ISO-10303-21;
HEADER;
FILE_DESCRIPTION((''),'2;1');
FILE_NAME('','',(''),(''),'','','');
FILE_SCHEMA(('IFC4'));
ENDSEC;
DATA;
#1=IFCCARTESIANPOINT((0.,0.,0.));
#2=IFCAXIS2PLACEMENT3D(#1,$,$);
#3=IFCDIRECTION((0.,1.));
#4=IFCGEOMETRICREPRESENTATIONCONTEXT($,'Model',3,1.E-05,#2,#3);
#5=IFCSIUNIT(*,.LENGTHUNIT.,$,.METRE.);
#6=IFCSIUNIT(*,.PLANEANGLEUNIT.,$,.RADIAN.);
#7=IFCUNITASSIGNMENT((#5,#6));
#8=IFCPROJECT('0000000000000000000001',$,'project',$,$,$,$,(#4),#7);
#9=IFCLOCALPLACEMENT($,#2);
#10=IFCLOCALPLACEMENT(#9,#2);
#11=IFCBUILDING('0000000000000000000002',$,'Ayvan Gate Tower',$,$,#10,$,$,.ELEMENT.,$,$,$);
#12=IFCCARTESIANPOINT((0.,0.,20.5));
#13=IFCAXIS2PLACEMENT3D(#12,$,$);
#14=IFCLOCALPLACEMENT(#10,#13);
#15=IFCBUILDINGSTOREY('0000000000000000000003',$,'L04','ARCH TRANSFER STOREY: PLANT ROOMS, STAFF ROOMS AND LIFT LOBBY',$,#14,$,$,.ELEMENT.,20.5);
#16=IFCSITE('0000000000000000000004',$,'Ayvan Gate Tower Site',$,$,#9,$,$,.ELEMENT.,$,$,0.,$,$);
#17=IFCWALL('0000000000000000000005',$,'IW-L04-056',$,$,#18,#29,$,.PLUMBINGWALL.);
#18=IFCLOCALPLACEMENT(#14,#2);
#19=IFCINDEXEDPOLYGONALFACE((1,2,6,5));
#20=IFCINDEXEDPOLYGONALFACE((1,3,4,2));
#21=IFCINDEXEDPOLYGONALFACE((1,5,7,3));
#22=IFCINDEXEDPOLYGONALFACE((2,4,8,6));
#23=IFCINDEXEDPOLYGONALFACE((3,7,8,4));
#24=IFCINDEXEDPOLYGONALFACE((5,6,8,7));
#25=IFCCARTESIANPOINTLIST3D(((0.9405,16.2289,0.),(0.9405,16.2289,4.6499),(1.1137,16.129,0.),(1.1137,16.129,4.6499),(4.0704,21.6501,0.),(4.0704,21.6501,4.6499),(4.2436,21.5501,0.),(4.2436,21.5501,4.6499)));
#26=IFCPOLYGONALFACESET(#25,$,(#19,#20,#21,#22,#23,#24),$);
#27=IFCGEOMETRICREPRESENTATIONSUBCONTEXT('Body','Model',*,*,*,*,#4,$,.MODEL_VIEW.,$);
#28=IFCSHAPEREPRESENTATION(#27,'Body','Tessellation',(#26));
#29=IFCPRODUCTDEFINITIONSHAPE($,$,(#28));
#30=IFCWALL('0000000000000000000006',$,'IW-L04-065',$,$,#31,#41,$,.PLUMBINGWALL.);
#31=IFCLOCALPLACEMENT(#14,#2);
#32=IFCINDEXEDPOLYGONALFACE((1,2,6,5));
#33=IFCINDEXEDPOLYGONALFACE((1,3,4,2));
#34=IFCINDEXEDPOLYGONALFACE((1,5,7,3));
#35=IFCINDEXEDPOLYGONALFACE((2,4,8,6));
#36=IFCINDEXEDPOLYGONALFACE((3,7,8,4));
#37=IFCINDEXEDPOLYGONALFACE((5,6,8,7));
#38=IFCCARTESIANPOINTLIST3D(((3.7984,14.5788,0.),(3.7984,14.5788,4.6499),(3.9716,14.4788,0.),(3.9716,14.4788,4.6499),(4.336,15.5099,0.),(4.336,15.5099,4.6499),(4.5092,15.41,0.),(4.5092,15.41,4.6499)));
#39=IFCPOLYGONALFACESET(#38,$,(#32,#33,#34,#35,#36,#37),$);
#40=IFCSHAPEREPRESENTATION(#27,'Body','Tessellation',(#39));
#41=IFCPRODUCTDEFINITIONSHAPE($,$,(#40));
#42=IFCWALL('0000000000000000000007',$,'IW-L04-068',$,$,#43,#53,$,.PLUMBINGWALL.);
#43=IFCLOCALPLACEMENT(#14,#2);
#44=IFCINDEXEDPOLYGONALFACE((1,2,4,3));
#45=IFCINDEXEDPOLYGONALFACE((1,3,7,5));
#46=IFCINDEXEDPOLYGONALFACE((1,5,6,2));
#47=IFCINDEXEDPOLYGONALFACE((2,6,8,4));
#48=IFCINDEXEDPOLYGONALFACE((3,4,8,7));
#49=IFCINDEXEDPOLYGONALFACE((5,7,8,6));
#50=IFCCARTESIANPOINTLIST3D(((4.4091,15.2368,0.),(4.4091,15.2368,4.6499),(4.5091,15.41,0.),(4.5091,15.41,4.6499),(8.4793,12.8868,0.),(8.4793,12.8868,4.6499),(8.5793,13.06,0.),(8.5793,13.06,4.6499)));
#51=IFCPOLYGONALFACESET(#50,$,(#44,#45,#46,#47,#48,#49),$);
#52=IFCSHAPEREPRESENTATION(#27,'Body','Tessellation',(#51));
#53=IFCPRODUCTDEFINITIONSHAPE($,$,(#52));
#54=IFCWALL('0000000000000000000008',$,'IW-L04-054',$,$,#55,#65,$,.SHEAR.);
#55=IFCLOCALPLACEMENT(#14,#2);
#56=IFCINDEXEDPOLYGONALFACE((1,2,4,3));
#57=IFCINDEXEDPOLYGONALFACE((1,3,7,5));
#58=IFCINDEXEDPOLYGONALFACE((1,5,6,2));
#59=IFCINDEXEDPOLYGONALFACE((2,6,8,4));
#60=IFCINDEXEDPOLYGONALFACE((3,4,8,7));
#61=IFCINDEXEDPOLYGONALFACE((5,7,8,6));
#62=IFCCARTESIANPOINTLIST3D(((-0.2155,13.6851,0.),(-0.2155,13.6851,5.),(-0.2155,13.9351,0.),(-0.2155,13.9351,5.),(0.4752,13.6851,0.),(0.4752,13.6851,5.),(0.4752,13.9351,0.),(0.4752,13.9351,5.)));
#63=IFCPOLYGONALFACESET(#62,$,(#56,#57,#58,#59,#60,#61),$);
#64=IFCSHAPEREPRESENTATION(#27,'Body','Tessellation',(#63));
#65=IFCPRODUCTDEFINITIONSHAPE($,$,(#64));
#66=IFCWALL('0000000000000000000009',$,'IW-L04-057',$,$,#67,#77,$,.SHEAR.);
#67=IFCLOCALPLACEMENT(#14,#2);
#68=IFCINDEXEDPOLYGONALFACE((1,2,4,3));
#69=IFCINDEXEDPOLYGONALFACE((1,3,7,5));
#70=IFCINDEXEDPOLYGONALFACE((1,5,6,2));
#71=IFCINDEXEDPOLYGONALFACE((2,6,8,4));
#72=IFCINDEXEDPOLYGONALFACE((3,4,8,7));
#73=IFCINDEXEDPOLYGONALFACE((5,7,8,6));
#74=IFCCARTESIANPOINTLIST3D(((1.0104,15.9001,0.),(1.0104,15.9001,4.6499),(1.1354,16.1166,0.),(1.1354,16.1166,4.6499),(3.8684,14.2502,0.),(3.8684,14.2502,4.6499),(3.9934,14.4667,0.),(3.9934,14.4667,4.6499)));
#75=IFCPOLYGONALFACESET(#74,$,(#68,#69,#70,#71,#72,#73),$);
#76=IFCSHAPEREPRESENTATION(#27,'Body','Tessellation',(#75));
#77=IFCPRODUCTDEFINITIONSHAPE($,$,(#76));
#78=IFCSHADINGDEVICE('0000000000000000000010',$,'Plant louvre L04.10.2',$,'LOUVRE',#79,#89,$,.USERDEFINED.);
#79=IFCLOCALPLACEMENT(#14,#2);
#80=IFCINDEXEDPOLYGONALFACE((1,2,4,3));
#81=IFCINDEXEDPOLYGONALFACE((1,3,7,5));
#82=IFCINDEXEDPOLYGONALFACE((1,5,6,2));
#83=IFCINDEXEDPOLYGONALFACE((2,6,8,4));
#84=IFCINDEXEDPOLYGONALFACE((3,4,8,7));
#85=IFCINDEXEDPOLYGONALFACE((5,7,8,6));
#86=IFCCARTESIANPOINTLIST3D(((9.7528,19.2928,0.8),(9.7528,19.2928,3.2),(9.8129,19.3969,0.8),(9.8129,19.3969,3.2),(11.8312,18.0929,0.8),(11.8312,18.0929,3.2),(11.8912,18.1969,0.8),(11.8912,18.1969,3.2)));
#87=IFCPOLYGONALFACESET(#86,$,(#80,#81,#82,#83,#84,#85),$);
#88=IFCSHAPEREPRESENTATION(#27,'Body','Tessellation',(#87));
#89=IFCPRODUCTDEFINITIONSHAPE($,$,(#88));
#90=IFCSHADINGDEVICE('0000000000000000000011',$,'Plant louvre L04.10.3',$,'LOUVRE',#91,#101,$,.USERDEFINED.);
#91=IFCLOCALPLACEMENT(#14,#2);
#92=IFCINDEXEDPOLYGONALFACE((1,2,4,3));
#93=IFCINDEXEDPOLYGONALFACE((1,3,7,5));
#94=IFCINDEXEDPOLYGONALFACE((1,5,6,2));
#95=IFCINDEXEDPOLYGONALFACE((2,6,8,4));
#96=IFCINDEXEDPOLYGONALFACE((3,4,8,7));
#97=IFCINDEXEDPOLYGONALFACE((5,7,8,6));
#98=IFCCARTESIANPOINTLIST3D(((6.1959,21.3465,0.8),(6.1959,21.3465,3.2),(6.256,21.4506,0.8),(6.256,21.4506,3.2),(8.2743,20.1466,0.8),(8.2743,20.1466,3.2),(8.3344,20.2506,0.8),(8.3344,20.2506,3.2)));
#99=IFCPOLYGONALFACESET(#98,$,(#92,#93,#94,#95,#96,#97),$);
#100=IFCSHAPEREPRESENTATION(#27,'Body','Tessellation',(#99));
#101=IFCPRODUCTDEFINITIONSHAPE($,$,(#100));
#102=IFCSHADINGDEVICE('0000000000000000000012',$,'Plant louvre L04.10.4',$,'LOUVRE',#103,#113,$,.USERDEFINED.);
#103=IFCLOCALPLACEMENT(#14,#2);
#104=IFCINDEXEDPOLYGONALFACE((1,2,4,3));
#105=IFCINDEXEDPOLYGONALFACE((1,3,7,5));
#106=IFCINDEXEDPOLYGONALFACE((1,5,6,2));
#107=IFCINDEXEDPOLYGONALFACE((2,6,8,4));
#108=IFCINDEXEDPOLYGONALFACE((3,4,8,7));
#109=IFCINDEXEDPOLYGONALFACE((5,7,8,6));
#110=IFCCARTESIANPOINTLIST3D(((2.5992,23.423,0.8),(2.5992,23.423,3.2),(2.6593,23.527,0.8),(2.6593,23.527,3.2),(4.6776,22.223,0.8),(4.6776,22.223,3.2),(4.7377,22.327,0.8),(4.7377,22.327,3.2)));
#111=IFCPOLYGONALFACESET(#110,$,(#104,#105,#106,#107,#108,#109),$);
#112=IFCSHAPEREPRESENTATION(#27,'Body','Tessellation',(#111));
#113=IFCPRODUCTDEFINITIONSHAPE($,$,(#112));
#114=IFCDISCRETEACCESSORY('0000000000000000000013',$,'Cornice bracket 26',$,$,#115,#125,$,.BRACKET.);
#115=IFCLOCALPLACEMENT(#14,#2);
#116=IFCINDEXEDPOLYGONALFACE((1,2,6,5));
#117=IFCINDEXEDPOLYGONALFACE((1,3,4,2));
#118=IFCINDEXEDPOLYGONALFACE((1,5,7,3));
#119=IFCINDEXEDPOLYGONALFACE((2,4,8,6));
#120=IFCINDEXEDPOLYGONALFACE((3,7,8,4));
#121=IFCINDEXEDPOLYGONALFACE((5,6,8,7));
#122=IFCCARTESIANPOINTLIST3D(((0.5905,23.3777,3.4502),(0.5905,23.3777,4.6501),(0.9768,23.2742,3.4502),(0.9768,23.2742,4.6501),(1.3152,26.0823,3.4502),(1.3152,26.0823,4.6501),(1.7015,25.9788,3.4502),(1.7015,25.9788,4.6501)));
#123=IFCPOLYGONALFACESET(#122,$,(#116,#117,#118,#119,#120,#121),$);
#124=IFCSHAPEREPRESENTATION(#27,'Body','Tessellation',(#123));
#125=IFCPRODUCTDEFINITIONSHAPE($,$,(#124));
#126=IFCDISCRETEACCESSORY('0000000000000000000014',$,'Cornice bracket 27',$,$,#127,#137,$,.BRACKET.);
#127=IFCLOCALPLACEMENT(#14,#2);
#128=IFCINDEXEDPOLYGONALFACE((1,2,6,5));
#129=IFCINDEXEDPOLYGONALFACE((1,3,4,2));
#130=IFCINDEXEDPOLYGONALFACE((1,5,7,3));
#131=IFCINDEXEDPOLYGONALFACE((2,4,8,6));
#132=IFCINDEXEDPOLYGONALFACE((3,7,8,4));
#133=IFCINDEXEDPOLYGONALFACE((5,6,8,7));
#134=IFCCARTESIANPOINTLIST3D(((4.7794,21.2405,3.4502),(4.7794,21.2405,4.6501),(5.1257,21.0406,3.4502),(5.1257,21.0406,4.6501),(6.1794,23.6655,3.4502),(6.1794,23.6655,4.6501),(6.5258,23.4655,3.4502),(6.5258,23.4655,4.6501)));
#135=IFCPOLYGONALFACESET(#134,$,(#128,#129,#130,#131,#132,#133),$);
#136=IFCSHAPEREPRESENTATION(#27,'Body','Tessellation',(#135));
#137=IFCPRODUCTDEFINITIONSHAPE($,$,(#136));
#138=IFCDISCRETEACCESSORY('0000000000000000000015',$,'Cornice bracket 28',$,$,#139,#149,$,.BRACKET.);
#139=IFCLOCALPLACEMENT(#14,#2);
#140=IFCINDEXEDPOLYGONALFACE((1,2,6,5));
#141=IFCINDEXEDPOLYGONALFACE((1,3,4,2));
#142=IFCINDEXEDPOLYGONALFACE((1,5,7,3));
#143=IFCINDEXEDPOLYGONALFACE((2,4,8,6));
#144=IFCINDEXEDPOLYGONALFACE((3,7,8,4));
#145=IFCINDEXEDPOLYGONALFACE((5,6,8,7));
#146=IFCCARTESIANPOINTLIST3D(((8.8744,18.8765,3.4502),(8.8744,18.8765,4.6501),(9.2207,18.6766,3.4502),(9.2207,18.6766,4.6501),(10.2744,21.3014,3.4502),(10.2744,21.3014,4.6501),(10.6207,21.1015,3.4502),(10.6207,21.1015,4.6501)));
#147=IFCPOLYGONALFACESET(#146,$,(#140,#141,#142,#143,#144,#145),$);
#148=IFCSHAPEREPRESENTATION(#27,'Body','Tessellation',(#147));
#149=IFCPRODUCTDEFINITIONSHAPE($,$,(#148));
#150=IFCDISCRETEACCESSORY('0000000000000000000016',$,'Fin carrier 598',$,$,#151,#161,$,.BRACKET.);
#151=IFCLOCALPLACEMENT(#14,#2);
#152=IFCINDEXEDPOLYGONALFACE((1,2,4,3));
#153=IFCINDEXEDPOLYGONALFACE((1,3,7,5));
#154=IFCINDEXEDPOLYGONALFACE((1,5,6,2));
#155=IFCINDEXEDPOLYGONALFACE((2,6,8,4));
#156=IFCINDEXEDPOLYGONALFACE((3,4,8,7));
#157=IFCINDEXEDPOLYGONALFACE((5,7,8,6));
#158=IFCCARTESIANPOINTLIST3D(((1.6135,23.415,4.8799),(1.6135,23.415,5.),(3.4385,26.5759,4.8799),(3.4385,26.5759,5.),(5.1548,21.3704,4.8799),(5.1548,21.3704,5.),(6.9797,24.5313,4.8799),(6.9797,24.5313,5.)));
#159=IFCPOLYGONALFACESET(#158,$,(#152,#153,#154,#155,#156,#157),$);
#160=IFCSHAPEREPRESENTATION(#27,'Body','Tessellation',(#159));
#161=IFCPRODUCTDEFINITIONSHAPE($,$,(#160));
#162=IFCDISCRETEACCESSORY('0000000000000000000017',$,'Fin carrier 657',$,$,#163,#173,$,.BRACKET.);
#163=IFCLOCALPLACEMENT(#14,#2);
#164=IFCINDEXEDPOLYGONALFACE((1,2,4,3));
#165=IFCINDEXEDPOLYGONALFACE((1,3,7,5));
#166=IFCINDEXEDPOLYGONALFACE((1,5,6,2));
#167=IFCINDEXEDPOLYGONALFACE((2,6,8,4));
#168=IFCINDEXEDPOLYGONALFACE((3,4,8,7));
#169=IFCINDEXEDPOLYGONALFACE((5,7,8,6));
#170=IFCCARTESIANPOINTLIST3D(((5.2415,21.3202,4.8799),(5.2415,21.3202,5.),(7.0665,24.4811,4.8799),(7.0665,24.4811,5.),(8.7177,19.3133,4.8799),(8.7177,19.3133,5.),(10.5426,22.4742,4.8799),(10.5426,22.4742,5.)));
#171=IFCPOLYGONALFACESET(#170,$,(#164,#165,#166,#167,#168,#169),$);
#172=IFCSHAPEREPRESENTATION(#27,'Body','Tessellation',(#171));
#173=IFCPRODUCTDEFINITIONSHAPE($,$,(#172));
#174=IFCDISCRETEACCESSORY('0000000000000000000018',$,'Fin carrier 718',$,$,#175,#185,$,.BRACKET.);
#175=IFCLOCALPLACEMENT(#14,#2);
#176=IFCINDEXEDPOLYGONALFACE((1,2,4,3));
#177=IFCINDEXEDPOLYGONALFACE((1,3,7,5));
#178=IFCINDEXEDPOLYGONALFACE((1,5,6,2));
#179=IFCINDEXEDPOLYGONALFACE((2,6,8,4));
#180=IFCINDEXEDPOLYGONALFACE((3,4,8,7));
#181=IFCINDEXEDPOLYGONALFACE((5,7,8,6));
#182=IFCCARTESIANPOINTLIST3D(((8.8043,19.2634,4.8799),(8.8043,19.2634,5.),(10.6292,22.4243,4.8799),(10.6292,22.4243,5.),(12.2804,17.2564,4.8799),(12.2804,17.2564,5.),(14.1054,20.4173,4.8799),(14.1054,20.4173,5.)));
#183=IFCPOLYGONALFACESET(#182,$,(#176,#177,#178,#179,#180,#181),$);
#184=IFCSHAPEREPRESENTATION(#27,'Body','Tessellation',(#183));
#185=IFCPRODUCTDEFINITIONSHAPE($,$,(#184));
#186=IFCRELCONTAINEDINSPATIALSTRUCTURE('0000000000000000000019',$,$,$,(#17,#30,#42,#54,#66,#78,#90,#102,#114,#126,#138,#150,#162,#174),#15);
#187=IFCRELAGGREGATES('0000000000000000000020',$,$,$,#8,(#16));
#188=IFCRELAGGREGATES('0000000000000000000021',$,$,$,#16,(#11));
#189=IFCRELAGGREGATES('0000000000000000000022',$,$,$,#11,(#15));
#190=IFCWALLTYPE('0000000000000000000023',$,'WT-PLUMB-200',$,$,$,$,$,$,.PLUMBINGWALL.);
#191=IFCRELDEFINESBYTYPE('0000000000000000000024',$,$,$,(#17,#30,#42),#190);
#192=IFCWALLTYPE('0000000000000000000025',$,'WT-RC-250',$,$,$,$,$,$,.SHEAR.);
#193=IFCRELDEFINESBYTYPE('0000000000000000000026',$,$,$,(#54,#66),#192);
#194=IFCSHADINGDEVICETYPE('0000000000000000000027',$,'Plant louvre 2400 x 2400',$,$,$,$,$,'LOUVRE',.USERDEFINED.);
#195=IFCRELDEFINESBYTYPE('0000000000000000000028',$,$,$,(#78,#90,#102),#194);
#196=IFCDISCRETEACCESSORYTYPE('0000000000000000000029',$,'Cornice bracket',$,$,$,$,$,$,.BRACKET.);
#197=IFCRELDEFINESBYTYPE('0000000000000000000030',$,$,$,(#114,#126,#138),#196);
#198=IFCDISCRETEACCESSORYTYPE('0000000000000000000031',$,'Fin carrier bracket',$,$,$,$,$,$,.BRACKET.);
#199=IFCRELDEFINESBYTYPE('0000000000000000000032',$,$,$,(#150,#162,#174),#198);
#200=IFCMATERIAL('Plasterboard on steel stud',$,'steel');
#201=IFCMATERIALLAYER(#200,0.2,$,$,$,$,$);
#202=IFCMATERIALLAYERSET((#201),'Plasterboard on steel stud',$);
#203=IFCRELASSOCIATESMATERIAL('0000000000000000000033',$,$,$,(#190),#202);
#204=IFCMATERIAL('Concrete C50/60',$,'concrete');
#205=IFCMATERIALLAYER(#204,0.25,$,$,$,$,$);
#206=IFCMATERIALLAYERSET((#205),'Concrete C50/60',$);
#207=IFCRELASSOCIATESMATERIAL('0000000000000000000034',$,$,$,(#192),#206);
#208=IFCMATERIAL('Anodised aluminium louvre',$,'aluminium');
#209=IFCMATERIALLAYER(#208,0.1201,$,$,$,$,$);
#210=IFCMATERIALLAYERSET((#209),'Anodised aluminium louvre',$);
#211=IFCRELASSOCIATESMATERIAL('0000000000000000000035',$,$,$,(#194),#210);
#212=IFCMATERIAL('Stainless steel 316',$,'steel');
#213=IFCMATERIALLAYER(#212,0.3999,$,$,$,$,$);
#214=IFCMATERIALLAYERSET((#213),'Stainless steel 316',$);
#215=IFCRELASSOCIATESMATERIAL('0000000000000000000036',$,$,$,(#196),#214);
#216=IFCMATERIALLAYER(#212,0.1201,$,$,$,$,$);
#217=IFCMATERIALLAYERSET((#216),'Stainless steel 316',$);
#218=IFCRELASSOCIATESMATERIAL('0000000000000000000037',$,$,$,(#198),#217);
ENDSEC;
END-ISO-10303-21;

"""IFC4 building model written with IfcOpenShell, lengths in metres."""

from ifc_helpers import new_model, si_unit, direction, frame, frame_2d, origin, origin_2d, place, context, subcontext, project, spatial, rectangle, extrude, material, layer, layer_set, type_object, element, save


model = new_model("IFC4")

# Units and contexts
model_context = context("Model", 3, precision=1e-05, world=origin(), true_north=direction((0.0, 1.0)))
body_context = subcontext(model_context, "Body", "Model", "MODEL_VIEW")
ifc_project = project(units=[si_unit("LENGTHUNIT", "METRE"), si_unit("PLANEANGLEUNIT", "RADIAN")], contexts=[model_context])

# Site, building, storey
site_placement = place(None, origin())
site = spatial("IfcSite", under=ifc_project, at=site_placement, Name="Ayvan Gate Tower Site", CompositionType="ELEMENT", RefElevation=0.0)
building_placement = place(site_placement, origin())
building = spatial("IfcBuilding", under=site, at=building_placement, Name="Ayvan Gate Tower", CompositionType="ELEMENT")
storey_placement = place(building_placement, frame((0.0, 0.0, 20.5)))
storey = spatial("IfcBuildingStorey", under=building, at=storey_placement, Name="L04", Description="ARCH TRANSFER STOREY: PLANT ROOMS, STAFF ROOMS AND LIFT LOBBY", CompositionType="ELEMENT", Elevation=20.5)

# Shared definitions
ifc_material_1 = material(Name="Anodised aluminium louvre", Category="aluminium")

# Walls
ifc_material_2 = material(Name="Plasterboard on steel stud", Category="steel")
ifc_layer_1 = layer(ifc_material_2, 0.2)
ifc_layer_set_1 = layer_set([ifc_layer_1], Name="Plasterboard on steel stud")
wall_type_1 = type_object("IfcWallType", Name="WT-PLUMB-200", PredefinedType="PLUMBINGWALL", material=ifc_layer_set_1)
wall_1_placement = place(storey_placement, frame((1.0271, 16.179, 0.0), z_axis=(0.0, 0.0, 1.0), x_axis=(0.499998, 0.866026, 0.0)))
element("IfcWall", 1, at=wall_1_placement, inside=storey, type_object=wall_type_1, Name="IW-L04-056", PredefinedType="PLUMBINGWALL", context=body_context, shape_type="SweptSolid", body=[
    extrude(rectangle(XDim=6.2598, YDim=0.2, at=frame_2d((3.1299, 0.0))), origin(), (0.0, 0.0, 1.0), 4.6499),
])
wall_2_placement = place(storey_placement, frame((3.885, 14.5288, 0.0), z_axis=(0.0, 0.0, 1.0), x_axis=(0.499998, 0.866027, 0.0)))
element("IfcWall", 2, at=wall_2_placement, inside=storey, type_object=wall_type_1, Name="IW-L04-065", PredefinedType="PLUMBINGWALL", context=body_context, shape_type="SweptSolid", body=[
    extrude(rectangle(XDim=1.0752, YDim=0.2, at=frame_2d((0.5376, 0.0))), origin(), (0.0, 0.0, 1.0), 4.6499),
])
wall_3_placement = place(storey_placement, frame((4.459, 15.3235, 0.0), z_axis=(0.0, 0.0, 1.0), x_axis=(0.866016, -0.500016, 0.0)))
element("IfcWall", 3, at=wall_3_placement, inside=storey, type_object=wall_type_1, Name="IW-L04-068", PredefinedType="PLUMBINGWALL", context=body_context, shape_type="SweptSolid", body=[
    extrude(rectangle(XDim=4.7, YDim=0.2, at=frame_2d((2.3501, 0.0))), origin(), (0.0, 0.0, 1.0), 4.6499),
])
ifc_material_3 = material(Name="Concrete C50/60", Category="concrete")
ifc_layer_2 = layer(ifc_material_3, 0.25)
ifc_layer_set_2 = layer_set([ifc_layer_2], Name="Concrete C50/60")
wall_type_2 = type_object("IfcWallType", Name="WT-RC-250", PredefinedType="SHEAR", material=ifc_layer_set_2)
wall_4_placement = place(storey_placement, frame((0.4751, 13.8101, 0.0), z_axis=(0.0, 0.0, 1.0), x_axis=(-1.0, 0.0, 0.0)))
element("IfcWall", 4, at=wall_4_placement, inside=storey, type_object=wall_type_2, Name="IW-L04-054", PredefinedType="SHEAR", context=body_context, shape_type="SweptSolid", body=[
    extrude(rectangle(XDim=0.6907, YDim=0.25, at=frame_2d((0.3452, 0.0))), origin(), (0.0, 0.0, 1.0), 5.0),
])
wall_5_placement = place(storey_placement, frame((1.073, 16.0083, 0.0), z_axis=(0.0, 0.0, 1.0), x_axis=(0.86604, -0.499974, 0.0)))
element("IfcWall", 5, at=wall_5_placement, inside=storey, type_object=wall_type_2, Name="IW-L04-057", PredefinedType="SHEAR", context=body_context, shape_type="SweptSolid", body=[
    extrude(rectangle(XDim=3.3, YDim=0.25, at=frame_2d((1.6499, 0.0))), origin(), (0.0, 0.0, 1.0), 4.6499),
])

# Shading devices
ifc_layer_3 = layer(ifc_material_1, 0.1201)
ifc_layer_set_3 = layer_set([ifc_layer_3], Name="Anodised aluminium louvre")
shading_device_type = type_object("IfcShadingDeviceType", Name="Plant louvre 2400 x 2400", ElementType="LOUVRE", PredefinedType="USERDEFINED", material=ifc_layer_set_3)
for number, where, z_axis, x_axis, name in (
    (6, (10.822, 18.7449, 0.8), (0.0, 0.0, 1.0), (-0.866025, 0.5, 0.0), "Plant louvre L04.10.2"),
    (7, (7.2651, 20.7986, 0.8), (0.0, 0.0, 1.0), (-0.866025, 0.5, 0.0), "Plant louvre L04.10.3"),
    (8, (3.6685, 22.875, 0.8), (0.0, 0.0, 1.0), (-0.866025, 0.5, 0.0), "Plant louvre L04.10.4"),
):
    element("IfcShadingDevice", number, at=place(storey_placement, frame(where, z_axis=z_axis, x_axis=x_axis)), inside=storey, type_object=shading_device_type, Name=name, ObjectType="LOUVRE", PredefinedType="USERDEFINED", context=body_context, shape_type="SweptSolid", body=[
        extrude(rectangle(XDim=2.3999, YDim=0.1201, at=origin_2d()), origin(), (0.0, 0.0, 1.0), 2.3999),
    ])

# Discrete accessories
ifc_material_4 = material(Name="Stainless steel 316", Category="steel")
ifc_layer_4 = layer(ifc_material_4, 0.3999)
ifc_layer_set_4 = layer_set([ifc_layer_4], Name="Stainless steel 316")
discrete_accessory_type_1 = type_object("IfcDiscreteAccessoryType", Name="Cornice bracket", PredefinedType="BRACKET", material=ifc_layer_set_4)
for number, where, z_axis, x_axis, name in (
    (9, (1.146, 24.6782, 3.4502), (0.0, 0.0, 1.0), (0.258819, 0.965926, 0.0), "Cornice bracket 26"),
    (10, (5.6526, 22.353, 3.4502), (0.0, 0.0, 1.0), (0.5, 0.866025, 0.0), "Cornice bracket 27"),
    (11, (9.7476, 19.989, 3.4502), (0.0, 0.0, 1.0), (0.5, 0.866025, 0.0), "Cornice bracket 28"),
):
    element("IfcDiscreteAccessory", number, at=place(storey_placement, frame(where, z_axis=z_axis, x_axis=x_axis)), inside=storey, type_object=discrete_accessory_type_1, Name=name, PredefinedType="BRACKET", context=body_context, shape_type="SweptSolid", body=[
        extrude(rectangle(XDim=2.8, YDim=0.3999, at=origin_2d()), origin(), (0.0, 0.0, 1.0), 1.2),
    ])
ifc_layer_5 = layer(ifc_material_4, 0.1201)
ifc_layer_set_5 = layer_set([ifc_layer_5], Name="Stainless steel 316")
discrete_accessory_type_2 = type_object("IfcDiscreteAccessoryType", Name="Fin carrier bracket", PredefinedType="BRACKET", material=ifc_layer_set_5)
discrete_accessory_placement = place(storey_placement, frame((4.2966, 23.9731, 4.8799), z_axis=(0.0, 0.0, 1.0), x_axis=(-0.866025, 0.5, 0.0)))
element("IfcDiscreteAccessory", 12, at=discrete_accessory_placement, inside=storey, type_object=discrete_accessory_type_2, Name="Fin carrier 598", PredefinedType="BRACKET", context=body_context, shape_type="SweptSolid", body=[
    extrude(rectangle(XDim=4.0891, YDim=3.6499, at=origin_2d()), origin(), (0.0, 0.0, 1.0), 0.1201),
])
for number, where, z_axis, x_axis, name in (
    (13, (7.8921, 21.8972, 4.8799), (0.0, 0.0, 1.0), (-0.866025, 0.5, 0.0), "Fin carrier 657"),
    (14, (11.4548, 19.8403, 4.8799), (0.0, 0.0, 1.0), (-0.866025, 0.5, 0.0), "Fin carrier 718"),
):
    element("IfcDiscreteAccessory", number, at=place(storey_placement, frame(where, z_axis=z_axis, x_axis=x_axis)), inside=storey, type_object=discrete_accessory_type_2, Name=name, PredefinedType="BRACKET", context=body_context, shape_type="SweptSolid", body=[
        extrude(rectangle(XDim=4.0139, YDim=3.6499, at=origin_2d()), origin(), (0.0, 0.0, 1.0), 0.1201),
    ])

save(model, "model.ifc")
